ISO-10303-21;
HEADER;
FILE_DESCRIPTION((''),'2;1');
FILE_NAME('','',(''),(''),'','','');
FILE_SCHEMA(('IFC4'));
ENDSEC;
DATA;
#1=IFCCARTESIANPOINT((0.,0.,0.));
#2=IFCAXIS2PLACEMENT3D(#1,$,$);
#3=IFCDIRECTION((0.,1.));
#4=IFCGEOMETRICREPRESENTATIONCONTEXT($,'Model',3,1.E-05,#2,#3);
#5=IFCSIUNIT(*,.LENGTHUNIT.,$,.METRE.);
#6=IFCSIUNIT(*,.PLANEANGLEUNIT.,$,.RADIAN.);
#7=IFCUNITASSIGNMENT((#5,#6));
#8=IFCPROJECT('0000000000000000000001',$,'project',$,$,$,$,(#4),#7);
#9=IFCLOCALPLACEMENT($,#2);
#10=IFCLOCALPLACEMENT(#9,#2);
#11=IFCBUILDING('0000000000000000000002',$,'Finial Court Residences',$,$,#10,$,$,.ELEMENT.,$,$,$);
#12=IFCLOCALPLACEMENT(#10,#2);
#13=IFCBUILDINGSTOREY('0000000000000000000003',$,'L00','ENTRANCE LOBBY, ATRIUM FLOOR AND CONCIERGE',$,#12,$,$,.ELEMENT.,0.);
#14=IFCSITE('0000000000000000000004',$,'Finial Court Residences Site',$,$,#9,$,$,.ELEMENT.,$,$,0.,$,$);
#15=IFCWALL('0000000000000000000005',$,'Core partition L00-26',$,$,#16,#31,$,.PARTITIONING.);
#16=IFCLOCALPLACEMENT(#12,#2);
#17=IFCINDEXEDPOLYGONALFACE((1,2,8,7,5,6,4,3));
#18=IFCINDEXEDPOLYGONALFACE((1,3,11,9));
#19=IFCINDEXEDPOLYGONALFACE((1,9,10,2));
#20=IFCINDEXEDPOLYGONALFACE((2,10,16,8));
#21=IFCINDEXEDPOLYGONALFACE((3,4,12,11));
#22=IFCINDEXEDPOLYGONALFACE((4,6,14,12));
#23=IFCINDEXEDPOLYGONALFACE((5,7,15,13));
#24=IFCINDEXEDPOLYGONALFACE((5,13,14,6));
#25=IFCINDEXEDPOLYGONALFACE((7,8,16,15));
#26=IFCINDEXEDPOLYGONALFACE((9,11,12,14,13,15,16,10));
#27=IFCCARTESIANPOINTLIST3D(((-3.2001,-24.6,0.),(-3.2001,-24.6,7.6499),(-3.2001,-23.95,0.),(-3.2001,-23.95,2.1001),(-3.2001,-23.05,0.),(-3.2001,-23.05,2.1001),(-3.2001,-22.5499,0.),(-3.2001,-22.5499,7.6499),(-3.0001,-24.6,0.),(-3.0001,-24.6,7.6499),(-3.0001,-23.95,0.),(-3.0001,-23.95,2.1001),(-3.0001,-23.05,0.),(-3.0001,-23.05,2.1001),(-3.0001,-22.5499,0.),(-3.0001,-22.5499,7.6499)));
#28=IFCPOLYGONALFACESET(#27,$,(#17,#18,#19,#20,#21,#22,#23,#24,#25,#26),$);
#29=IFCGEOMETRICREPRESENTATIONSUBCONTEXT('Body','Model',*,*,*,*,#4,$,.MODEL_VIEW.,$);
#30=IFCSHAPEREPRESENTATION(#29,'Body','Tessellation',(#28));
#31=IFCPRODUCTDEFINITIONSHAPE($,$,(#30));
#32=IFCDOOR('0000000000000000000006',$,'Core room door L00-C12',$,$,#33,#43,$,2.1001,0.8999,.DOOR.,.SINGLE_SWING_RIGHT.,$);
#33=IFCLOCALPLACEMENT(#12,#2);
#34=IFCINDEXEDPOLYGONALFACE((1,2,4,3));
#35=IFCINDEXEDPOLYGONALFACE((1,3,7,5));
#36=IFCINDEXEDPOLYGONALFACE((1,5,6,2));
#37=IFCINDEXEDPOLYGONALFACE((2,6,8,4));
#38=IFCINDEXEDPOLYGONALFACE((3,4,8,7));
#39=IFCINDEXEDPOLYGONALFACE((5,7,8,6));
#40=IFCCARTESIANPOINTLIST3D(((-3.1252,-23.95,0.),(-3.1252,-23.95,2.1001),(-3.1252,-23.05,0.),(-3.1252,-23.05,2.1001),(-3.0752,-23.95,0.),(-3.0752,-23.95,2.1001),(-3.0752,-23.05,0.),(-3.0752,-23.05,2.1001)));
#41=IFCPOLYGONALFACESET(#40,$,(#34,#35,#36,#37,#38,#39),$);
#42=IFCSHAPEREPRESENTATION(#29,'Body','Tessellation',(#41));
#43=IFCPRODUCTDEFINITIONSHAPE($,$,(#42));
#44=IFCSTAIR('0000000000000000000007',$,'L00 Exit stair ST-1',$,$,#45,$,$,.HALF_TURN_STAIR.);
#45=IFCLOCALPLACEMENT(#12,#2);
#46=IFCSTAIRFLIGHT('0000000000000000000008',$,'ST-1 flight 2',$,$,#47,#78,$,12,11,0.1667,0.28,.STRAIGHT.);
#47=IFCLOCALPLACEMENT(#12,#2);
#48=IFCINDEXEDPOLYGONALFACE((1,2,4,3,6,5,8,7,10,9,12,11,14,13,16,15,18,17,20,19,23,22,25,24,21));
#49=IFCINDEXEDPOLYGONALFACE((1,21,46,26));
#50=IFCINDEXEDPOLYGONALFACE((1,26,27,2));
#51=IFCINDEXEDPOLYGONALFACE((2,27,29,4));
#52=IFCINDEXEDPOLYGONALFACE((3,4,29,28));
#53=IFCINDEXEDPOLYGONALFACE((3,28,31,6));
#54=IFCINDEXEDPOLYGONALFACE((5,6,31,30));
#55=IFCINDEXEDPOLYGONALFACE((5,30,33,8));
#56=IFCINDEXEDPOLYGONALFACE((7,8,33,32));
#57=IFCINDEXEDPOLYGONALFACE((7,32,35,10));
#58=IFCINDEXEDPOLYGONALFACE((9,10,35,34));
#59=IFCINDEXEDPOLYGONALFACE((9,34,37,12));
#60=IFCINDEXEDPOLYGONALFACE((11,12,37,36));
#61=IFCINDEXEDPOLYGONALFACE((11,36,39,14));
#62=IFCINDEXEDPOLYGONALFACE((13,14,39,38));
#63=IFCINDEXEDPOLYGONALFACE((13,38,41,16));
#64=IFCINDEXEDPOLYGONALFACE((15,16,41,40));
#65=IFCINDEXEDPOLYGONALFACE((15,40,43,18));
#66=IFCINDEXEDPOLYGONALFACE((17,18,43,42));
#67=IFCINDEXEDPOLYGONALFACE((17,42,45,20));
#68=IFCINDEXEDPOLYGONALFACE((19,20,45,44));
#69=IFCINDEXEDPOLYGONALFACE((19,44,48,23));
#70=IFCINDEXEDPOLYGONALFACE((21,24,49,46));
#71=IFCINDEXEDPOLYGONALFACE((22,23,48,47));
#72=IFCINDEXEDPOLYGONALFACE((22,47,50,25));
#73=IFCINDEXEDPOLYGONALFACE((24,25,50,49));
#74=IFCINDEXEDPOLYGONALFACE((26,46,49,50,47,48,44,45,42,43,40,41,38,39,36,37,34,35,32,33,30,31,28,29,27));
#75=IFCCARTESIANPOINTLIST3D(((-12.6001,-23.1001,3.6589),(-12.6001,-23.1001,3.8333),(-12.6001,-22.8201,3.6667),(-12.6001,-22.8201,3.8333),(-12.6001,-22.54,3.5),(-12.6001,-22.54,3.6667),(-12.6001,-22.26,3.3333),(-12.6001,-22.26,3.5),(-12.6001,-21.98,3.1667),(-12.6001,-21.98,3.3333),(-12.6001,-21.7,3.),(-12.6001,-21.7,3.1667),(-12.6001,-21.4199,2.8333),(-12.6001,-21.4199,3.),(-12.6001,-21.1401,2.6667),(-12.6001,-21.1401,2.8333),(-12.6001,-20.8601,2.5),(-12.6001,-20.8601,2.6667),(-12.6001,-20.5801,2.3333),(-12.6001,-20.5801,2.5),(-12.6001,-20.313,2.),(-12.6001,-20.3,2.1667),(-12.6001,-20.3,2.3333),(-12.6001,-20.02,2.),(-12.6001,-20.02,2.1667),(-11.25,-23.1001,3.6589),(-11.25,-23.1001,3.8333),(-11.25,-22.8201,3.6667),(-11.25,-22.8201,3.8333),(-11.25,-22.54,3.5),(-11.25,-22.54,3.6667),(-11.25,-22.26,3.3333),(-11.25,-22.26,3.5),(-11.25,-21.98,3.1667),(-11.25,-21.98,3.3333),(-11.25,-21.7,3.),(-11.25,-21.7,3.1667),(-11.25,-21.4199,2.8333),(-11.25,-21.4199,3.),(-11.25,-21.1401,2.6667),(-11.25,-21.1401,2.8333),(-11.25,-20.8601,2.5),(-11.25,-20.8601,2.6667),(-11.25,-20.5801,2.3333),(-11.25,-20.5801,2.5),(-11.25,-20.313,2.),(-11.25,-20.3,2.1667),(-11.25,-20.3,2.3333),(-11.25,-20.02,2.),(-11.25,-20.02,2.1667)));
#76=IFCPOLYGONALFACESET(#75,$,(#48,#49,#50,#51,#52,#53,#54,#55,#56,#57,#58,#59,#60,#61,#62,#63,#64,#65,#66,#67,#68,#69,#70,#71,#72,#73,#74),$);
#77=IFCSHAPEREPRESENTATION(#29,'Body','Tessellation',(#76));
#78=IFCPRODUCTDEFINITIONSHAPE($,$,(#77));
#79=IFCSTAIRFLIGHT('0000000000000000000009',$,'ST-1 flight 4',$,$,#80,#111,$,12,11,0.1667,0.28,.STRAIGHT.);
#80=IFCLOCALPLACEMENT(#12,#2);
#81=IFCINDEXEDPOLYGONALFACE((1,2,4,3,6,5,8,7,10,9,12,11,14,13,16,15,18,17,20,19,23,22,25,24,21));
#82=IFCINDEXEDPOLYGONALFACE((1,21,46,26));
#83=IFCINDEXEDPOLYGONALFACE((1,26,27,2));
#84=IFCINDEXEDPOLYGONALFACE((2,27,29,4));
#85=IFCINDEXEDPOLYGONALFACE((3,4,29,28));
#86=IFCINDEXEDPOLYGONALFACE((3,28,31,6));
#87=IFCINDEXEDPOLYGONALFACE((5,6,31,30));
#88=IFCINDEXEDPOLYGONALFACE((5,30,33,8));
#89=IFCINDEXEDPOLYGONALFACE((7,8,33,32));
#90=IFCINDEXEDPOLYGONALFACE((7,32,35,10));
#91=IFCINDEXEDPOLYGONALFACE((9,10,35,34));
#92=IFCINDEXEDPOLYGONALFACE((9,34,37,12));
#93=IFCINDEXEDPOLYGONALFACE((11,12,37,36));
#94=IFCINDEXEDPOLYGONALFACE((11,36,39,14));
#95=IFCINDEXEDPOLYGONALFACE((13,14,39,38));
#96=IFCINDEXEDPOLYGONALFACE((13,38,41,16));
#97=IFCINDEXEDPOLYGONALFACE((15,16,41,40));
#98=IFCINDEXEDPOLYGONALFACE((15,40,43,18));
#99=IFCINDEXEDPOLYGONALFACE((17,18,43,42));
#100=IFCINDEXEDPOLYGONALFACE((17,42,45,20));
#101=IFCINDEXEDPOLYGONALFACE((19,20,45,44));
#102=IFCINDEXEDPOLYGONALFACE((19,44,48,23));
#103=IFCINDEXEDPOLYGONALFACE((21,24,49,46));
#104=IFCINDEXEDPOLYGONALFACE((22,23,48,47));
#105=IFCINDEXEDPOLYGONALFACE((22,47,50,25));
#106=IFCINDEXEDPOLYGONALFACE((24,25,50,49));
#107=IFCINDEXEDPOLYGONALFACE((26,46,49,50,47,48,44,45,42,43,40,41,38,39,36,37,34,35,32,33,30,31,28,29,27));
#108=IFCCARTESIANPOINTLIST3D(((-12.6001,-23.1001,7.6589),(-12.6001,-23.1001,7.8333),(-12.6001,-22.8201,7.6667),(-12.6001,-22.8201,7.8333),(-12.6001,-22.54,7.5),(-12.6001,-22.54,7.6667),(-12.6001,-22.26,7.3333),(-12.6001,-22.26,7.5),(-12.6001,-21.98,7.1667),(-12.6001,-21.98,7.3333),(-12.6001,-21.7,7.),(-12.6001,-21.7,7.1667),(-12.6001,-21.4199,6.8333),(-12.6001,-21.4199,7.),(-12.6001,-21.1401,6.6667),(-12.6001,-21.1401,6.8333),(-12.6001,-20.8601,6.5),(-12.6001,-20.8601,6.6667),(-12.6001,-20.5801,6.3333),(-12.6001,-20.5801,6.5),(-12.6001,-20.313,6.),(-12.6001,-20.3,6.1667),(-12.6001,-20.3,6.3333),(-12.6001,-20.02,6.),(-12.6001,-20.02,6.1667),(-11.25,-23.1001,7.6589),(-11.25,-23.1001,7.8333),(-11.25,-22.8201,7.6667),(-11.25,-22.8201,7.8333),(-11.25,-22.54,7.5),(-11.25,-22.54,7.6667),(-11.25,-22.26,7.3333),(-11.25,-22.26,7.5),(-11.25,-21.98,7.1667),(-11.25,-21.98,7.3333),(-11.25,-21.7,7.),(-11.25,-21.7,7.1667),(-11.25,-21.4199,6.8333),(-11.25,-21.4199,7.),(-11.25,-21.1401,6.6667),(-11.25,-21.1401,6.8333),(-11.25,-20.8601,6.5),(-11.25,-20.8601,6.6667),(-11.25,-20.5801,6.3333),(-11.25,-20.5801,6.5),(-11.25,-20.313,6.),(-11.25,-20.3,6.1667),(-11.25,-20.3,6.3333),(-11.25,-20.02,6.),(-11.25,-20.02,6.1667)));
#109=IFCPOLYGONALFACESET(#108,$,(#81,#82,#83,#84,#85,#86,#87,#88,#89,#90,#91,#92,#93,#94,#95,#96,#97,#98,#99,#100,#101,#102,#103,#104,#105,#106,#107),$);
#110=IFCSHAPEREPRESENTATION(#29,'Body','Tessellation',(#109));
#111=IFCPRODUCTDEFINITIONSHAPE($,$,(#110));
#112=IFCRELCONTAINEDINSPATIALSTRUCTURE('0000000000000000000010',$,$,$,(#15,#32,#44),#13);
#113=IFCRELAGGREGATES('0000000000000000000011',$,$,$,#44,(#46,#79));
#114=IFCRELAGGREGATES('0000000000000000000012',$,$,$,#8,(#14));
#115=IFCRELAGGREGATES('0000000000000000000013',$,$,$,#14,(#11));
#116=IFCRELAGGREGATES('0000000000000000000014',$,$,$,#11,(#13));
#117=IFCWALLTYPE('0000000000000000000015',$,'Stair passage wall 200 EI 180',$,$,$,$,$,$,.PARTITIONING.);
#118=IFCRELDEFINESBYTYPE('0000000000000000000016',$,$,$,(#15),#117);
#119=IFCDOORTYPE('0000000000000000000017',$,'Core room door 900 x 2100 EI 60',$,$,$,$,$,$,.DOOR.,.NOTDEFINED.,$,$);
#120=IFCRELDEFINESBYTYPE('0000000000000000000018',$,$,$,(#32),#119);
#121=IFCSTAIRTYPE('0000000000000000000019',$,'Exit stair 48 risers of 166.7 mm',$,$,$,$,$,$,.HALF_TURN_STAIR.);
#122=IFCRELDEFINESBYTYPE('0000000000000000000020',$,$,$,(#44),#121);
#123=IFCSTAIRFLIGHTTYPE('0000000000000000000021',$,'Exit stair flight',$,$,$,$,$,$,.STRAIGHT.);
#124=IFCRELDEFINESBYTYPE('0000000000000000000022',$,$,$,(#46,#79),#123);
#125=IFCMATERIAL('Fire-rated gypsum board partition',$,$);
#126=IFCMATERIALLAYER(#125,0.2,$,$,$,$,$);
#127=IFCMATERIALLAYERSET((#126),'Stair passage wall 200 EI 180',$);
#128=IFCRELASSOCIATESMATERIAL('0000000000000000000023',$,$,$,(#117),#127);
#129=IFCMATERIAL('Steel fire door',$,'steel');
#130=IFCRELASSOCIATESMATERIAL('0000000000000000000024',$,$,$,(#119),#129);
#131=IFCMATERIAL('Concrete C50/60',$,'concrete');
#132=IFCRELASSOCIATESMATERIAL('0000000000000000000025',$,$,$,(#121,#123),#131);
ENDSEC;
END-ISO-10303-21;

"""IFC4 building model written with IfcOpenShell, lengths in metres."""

from ifc_helpers import new_model, si_unit, direction, frame, frame_2d, origin, place, context, subcontext, project, spatial, polyline, rectangle, outline, extrude, material, layer, layer_set, type_object, element, fill, aggregate, save


model = new_model("IFC4")

# Units and contexts
model_context = context("Model", 3, precision=1e-05, world=origin(), true_north=direction((0.0, 1.0)))
body_context = subcontext(model_context, "Body", "Model", "MODEL_VIEW")
ifc_project = project(units=[si_unit("LENGTHUNIT", "METRE"), si_unit("PLANEANGLEUNIT", "RADIAN")], contexts=[model_context])

# Site, building, storey
site_placement = place(None, origin())
site = spatial("IfcSite", under=ifc_project, at=site_placement, Name="Finial Court Residences Site", CompositionType="ELEMENT", RefElevation=0.0)
building_placement = place(site_placement, origin())
building = spatial("IfcBuilding", under=site, at=building_placement, Name="Finial Court Residences", CompositionType="ELEMENT")
storey_placement = place(building_placement, origin())
storey = spatial("IfcBuildingStorey", under=building, at=storey_placement, Name="L00", Description="ENTRANCE LOBBY, ATRIUM FLOOR AND CONCIERGE", CompositionType="ELEMENT", Elevation=0.0)

# Wall, opening, door
ifc_material_1 = material(Name="Fire-rated gypsum board partition")
ifc_layer_1 = layer(ifc_material_1, 0.2)
ifc_layer_set_1 = layer_set([ifc_layer_1], Name="Stair passage wall 200 EI 180")
wall_type_1 = type_object("IfcWallType", Name="Stair passage wall 200 EI 180", PredefinedType="PARTITIONING", material=ifc_layer_set_1)
ifc_material_2 = material(Name="Steel fire door", Category="steel")
wall_1_placement = place(storey_placement, frame((-3.1001, -22.55, 0.0), z_axis=(0.0, 0.0, 1.0), x_axis=(0.0, -1.0, 0.0)))
wall_1 = element("IfcWall", 1, at=wall_1_placement, inside=storey, type_object=wall_type_1, Name="Core partition L00-26", PredefinedType="PARTITIONING", context=body_context, shape_type="SweptSolid", body=[
    extrude(rectangle(XDim=2.05, YDim=0.2, at=frame_2d((1.0249, 0.0))), origin(), (0.0, 0.0, 1.0), 7.6499),
])
opening_1_placement = place(wall_1_placement, frame((0.5, 0.0, 0.0)))
opening_1 = element("IfcOpeningElement", 2, at=opening_1_placement, cuts=wall_1, PredefinedType="OPENING", context=body_context, shape_type="SweptSolid", body=[
    extrude(rectangle(XDim=0.8999, YDim=2.1001, at=frame_2d((0.45, 1.05))), frame((0.0, 0.1099, 0.0), z_axis=(0.0, -1.0, 0.0), x_axis=(1.0, 0.0, 0.0)), (0.0, 0.0, 1.0), 0.22),
])
door_type_1 = type_object("IfcDoorType", Name="Core room door 900 x 2100 EI 60", OperationType="NOTDEFINED", PredefinedType="DOOR", material=ifc_material_2)
door_1_placement = place(opening_1_placement, origin())
door_1 = element("IfcDoor", 3, at=door_1_placement, inside=storey, type_object=door_type_1, Name="Core room door L00-C12", OperationType="SINGLE_SWING_RIGHT", OverallHeight=2.1001, OverallWidth=0.8999, PredefinedType="DOOR", context=body_context, shape_type="SweptSolid", body=[
    extrude(rectangle(XDim=0.8999, YDim=2.1001, at=frame_2d((0.45, 1.05))), frame((0.0, 0.0249, 0.0), z_axis=(0.0, -1.0, 0.0), x_axis=(1.0, 0.0, 0.0)), (0.0, 0.0, 1.0), 0.05),
])
fill(opening_1, door_1)

# Stair, stair flights
ifc_material_3 = material(Name="Concrete C50/60", Category="concrete")
stair_type = type_object("IfcStairType", Name="Exit stair 48 risers of 166.7 mm", PredefinedType="HALF_TURN_STAIR", material=ifc_material_3)
stair_placement = place(storey_placement, origin())
stair = element("IfcStair", 4, at=stair_placement, inside=storey, type_object=stair_type, Name="L00 Exit stair ST-1", PredefinedType="HALF_TURN_STAIR")
stair_flight_type = type_object("IfcStairFlightType", Name="Exit stair flight", PredefinedType="STRAIGHT", material=ifc_material_3)
stair_flight_1_placement = place(storey_placement, frame((-11.925, -20.02, 2.0), z_axis=(0.0, 0.0, 1.0), x_axis=(0.0, -1.0, 0.0)))
stair_flight_1 = element("IfcStairFlight", 5, at=stair_flight_1_placement, type_object=stair_flight_type, Name="ST-1 flight 2", NumberOfRisers=12, NumberOfTreads=11, PredefinedType="STRAIGHT", RiserHeight=0.1667, TreadLength=0.28, context=body_context, shape_type="SweptSolid", body=[
    extrude(outline(polyline([(0.0, 0.0), (0.0, 0.1667), (0.28, 0.1667), (0.28, 0.3333), (0.5601, 0.3333), (0.5601, 0.5), (0.8401, 0.5), (0.8401, 0.6667), (1.1201, 0.6667), (1.1201, 0.8333), (1.3999, 0.8333), (1.3999, 1.0), (1.6799, 1.0), (1.6799, 1.1667), (1.96, 1.1667), (1.96, 1.3333), (2.24, 1.3333), (2.24, 1.5), (2.52, 1.5), (2.52, 1.6667), (2.8, 1.6667), (2.8, 1.8333), (3.0801, 1.8333), (3.0801, 2.0), (3.0801, 1.6589), (0.293, 0.0), (0.0, 0.0)])), frame((0.0, 0.675, 0.0), z_axis=(0.0, -1.0, 0.0), x_axis=(1.0, 0.0, 0.0)), (0.0, 0.0, 1.0), 1.3501),
])
stair_flight_2_placement = place(storey_placement, frame((-11.925, -20.02, 6.0), z_axis=(0.0, 0.0, 1.0), x_axis=(0.0, -1.0, 0.0)))
stair_flight_2 = element("IfcStairFlight", 6, at=stair_flight_2_placement, type_object=stair_flight_type, Name="ST-1 flight 4", NumberOfRisers=12, NumberOfTreads=11, PredefinedType="STRAIGHT", RiserHeight=0.1667, TreadLength=0.28, context=body_context, shape_type="SweptSolid", body=[
    extrude(outline(polyline([(0.0, 0.0), (0.0, 0.1667), (0.28, 0.1667), (0.28, 0.3333), (0.5601, 0.3333), (0.5601, 0.5), (0.8401, 0.5), (0.8401, 0.6667), (1.1201, 0.6667), (1.1201, 0.8333), (1.3999, 0.8333), (1.3999, 1.0), (1.6799, 1.0), (1.6799, 1.1667), (1.96, 1.1667), (1.96, 1.3333), (2.24, 1.3333), (2.24, 1.5), (2.52, 1.5), (2.52, 1.6667), (2.8, 1.6667), (2.8, 1.8333), (3.0801, 1.8333), (3.0801, 2.0), (3.0801, 1.6589), (0.293, 0.0), (0.0, 0.0)])), frame((0.0, 0.675, 0.0), z_axis=(0.0, -1.0, 0.0), x_axis=(1.0, 0.0, 0.0)), (0.0, 0.0, 1.0), 1.3501),
])
aggregate(stair, [stair_flight_1, stair_flight_2])

save(model, "model.ifc")
